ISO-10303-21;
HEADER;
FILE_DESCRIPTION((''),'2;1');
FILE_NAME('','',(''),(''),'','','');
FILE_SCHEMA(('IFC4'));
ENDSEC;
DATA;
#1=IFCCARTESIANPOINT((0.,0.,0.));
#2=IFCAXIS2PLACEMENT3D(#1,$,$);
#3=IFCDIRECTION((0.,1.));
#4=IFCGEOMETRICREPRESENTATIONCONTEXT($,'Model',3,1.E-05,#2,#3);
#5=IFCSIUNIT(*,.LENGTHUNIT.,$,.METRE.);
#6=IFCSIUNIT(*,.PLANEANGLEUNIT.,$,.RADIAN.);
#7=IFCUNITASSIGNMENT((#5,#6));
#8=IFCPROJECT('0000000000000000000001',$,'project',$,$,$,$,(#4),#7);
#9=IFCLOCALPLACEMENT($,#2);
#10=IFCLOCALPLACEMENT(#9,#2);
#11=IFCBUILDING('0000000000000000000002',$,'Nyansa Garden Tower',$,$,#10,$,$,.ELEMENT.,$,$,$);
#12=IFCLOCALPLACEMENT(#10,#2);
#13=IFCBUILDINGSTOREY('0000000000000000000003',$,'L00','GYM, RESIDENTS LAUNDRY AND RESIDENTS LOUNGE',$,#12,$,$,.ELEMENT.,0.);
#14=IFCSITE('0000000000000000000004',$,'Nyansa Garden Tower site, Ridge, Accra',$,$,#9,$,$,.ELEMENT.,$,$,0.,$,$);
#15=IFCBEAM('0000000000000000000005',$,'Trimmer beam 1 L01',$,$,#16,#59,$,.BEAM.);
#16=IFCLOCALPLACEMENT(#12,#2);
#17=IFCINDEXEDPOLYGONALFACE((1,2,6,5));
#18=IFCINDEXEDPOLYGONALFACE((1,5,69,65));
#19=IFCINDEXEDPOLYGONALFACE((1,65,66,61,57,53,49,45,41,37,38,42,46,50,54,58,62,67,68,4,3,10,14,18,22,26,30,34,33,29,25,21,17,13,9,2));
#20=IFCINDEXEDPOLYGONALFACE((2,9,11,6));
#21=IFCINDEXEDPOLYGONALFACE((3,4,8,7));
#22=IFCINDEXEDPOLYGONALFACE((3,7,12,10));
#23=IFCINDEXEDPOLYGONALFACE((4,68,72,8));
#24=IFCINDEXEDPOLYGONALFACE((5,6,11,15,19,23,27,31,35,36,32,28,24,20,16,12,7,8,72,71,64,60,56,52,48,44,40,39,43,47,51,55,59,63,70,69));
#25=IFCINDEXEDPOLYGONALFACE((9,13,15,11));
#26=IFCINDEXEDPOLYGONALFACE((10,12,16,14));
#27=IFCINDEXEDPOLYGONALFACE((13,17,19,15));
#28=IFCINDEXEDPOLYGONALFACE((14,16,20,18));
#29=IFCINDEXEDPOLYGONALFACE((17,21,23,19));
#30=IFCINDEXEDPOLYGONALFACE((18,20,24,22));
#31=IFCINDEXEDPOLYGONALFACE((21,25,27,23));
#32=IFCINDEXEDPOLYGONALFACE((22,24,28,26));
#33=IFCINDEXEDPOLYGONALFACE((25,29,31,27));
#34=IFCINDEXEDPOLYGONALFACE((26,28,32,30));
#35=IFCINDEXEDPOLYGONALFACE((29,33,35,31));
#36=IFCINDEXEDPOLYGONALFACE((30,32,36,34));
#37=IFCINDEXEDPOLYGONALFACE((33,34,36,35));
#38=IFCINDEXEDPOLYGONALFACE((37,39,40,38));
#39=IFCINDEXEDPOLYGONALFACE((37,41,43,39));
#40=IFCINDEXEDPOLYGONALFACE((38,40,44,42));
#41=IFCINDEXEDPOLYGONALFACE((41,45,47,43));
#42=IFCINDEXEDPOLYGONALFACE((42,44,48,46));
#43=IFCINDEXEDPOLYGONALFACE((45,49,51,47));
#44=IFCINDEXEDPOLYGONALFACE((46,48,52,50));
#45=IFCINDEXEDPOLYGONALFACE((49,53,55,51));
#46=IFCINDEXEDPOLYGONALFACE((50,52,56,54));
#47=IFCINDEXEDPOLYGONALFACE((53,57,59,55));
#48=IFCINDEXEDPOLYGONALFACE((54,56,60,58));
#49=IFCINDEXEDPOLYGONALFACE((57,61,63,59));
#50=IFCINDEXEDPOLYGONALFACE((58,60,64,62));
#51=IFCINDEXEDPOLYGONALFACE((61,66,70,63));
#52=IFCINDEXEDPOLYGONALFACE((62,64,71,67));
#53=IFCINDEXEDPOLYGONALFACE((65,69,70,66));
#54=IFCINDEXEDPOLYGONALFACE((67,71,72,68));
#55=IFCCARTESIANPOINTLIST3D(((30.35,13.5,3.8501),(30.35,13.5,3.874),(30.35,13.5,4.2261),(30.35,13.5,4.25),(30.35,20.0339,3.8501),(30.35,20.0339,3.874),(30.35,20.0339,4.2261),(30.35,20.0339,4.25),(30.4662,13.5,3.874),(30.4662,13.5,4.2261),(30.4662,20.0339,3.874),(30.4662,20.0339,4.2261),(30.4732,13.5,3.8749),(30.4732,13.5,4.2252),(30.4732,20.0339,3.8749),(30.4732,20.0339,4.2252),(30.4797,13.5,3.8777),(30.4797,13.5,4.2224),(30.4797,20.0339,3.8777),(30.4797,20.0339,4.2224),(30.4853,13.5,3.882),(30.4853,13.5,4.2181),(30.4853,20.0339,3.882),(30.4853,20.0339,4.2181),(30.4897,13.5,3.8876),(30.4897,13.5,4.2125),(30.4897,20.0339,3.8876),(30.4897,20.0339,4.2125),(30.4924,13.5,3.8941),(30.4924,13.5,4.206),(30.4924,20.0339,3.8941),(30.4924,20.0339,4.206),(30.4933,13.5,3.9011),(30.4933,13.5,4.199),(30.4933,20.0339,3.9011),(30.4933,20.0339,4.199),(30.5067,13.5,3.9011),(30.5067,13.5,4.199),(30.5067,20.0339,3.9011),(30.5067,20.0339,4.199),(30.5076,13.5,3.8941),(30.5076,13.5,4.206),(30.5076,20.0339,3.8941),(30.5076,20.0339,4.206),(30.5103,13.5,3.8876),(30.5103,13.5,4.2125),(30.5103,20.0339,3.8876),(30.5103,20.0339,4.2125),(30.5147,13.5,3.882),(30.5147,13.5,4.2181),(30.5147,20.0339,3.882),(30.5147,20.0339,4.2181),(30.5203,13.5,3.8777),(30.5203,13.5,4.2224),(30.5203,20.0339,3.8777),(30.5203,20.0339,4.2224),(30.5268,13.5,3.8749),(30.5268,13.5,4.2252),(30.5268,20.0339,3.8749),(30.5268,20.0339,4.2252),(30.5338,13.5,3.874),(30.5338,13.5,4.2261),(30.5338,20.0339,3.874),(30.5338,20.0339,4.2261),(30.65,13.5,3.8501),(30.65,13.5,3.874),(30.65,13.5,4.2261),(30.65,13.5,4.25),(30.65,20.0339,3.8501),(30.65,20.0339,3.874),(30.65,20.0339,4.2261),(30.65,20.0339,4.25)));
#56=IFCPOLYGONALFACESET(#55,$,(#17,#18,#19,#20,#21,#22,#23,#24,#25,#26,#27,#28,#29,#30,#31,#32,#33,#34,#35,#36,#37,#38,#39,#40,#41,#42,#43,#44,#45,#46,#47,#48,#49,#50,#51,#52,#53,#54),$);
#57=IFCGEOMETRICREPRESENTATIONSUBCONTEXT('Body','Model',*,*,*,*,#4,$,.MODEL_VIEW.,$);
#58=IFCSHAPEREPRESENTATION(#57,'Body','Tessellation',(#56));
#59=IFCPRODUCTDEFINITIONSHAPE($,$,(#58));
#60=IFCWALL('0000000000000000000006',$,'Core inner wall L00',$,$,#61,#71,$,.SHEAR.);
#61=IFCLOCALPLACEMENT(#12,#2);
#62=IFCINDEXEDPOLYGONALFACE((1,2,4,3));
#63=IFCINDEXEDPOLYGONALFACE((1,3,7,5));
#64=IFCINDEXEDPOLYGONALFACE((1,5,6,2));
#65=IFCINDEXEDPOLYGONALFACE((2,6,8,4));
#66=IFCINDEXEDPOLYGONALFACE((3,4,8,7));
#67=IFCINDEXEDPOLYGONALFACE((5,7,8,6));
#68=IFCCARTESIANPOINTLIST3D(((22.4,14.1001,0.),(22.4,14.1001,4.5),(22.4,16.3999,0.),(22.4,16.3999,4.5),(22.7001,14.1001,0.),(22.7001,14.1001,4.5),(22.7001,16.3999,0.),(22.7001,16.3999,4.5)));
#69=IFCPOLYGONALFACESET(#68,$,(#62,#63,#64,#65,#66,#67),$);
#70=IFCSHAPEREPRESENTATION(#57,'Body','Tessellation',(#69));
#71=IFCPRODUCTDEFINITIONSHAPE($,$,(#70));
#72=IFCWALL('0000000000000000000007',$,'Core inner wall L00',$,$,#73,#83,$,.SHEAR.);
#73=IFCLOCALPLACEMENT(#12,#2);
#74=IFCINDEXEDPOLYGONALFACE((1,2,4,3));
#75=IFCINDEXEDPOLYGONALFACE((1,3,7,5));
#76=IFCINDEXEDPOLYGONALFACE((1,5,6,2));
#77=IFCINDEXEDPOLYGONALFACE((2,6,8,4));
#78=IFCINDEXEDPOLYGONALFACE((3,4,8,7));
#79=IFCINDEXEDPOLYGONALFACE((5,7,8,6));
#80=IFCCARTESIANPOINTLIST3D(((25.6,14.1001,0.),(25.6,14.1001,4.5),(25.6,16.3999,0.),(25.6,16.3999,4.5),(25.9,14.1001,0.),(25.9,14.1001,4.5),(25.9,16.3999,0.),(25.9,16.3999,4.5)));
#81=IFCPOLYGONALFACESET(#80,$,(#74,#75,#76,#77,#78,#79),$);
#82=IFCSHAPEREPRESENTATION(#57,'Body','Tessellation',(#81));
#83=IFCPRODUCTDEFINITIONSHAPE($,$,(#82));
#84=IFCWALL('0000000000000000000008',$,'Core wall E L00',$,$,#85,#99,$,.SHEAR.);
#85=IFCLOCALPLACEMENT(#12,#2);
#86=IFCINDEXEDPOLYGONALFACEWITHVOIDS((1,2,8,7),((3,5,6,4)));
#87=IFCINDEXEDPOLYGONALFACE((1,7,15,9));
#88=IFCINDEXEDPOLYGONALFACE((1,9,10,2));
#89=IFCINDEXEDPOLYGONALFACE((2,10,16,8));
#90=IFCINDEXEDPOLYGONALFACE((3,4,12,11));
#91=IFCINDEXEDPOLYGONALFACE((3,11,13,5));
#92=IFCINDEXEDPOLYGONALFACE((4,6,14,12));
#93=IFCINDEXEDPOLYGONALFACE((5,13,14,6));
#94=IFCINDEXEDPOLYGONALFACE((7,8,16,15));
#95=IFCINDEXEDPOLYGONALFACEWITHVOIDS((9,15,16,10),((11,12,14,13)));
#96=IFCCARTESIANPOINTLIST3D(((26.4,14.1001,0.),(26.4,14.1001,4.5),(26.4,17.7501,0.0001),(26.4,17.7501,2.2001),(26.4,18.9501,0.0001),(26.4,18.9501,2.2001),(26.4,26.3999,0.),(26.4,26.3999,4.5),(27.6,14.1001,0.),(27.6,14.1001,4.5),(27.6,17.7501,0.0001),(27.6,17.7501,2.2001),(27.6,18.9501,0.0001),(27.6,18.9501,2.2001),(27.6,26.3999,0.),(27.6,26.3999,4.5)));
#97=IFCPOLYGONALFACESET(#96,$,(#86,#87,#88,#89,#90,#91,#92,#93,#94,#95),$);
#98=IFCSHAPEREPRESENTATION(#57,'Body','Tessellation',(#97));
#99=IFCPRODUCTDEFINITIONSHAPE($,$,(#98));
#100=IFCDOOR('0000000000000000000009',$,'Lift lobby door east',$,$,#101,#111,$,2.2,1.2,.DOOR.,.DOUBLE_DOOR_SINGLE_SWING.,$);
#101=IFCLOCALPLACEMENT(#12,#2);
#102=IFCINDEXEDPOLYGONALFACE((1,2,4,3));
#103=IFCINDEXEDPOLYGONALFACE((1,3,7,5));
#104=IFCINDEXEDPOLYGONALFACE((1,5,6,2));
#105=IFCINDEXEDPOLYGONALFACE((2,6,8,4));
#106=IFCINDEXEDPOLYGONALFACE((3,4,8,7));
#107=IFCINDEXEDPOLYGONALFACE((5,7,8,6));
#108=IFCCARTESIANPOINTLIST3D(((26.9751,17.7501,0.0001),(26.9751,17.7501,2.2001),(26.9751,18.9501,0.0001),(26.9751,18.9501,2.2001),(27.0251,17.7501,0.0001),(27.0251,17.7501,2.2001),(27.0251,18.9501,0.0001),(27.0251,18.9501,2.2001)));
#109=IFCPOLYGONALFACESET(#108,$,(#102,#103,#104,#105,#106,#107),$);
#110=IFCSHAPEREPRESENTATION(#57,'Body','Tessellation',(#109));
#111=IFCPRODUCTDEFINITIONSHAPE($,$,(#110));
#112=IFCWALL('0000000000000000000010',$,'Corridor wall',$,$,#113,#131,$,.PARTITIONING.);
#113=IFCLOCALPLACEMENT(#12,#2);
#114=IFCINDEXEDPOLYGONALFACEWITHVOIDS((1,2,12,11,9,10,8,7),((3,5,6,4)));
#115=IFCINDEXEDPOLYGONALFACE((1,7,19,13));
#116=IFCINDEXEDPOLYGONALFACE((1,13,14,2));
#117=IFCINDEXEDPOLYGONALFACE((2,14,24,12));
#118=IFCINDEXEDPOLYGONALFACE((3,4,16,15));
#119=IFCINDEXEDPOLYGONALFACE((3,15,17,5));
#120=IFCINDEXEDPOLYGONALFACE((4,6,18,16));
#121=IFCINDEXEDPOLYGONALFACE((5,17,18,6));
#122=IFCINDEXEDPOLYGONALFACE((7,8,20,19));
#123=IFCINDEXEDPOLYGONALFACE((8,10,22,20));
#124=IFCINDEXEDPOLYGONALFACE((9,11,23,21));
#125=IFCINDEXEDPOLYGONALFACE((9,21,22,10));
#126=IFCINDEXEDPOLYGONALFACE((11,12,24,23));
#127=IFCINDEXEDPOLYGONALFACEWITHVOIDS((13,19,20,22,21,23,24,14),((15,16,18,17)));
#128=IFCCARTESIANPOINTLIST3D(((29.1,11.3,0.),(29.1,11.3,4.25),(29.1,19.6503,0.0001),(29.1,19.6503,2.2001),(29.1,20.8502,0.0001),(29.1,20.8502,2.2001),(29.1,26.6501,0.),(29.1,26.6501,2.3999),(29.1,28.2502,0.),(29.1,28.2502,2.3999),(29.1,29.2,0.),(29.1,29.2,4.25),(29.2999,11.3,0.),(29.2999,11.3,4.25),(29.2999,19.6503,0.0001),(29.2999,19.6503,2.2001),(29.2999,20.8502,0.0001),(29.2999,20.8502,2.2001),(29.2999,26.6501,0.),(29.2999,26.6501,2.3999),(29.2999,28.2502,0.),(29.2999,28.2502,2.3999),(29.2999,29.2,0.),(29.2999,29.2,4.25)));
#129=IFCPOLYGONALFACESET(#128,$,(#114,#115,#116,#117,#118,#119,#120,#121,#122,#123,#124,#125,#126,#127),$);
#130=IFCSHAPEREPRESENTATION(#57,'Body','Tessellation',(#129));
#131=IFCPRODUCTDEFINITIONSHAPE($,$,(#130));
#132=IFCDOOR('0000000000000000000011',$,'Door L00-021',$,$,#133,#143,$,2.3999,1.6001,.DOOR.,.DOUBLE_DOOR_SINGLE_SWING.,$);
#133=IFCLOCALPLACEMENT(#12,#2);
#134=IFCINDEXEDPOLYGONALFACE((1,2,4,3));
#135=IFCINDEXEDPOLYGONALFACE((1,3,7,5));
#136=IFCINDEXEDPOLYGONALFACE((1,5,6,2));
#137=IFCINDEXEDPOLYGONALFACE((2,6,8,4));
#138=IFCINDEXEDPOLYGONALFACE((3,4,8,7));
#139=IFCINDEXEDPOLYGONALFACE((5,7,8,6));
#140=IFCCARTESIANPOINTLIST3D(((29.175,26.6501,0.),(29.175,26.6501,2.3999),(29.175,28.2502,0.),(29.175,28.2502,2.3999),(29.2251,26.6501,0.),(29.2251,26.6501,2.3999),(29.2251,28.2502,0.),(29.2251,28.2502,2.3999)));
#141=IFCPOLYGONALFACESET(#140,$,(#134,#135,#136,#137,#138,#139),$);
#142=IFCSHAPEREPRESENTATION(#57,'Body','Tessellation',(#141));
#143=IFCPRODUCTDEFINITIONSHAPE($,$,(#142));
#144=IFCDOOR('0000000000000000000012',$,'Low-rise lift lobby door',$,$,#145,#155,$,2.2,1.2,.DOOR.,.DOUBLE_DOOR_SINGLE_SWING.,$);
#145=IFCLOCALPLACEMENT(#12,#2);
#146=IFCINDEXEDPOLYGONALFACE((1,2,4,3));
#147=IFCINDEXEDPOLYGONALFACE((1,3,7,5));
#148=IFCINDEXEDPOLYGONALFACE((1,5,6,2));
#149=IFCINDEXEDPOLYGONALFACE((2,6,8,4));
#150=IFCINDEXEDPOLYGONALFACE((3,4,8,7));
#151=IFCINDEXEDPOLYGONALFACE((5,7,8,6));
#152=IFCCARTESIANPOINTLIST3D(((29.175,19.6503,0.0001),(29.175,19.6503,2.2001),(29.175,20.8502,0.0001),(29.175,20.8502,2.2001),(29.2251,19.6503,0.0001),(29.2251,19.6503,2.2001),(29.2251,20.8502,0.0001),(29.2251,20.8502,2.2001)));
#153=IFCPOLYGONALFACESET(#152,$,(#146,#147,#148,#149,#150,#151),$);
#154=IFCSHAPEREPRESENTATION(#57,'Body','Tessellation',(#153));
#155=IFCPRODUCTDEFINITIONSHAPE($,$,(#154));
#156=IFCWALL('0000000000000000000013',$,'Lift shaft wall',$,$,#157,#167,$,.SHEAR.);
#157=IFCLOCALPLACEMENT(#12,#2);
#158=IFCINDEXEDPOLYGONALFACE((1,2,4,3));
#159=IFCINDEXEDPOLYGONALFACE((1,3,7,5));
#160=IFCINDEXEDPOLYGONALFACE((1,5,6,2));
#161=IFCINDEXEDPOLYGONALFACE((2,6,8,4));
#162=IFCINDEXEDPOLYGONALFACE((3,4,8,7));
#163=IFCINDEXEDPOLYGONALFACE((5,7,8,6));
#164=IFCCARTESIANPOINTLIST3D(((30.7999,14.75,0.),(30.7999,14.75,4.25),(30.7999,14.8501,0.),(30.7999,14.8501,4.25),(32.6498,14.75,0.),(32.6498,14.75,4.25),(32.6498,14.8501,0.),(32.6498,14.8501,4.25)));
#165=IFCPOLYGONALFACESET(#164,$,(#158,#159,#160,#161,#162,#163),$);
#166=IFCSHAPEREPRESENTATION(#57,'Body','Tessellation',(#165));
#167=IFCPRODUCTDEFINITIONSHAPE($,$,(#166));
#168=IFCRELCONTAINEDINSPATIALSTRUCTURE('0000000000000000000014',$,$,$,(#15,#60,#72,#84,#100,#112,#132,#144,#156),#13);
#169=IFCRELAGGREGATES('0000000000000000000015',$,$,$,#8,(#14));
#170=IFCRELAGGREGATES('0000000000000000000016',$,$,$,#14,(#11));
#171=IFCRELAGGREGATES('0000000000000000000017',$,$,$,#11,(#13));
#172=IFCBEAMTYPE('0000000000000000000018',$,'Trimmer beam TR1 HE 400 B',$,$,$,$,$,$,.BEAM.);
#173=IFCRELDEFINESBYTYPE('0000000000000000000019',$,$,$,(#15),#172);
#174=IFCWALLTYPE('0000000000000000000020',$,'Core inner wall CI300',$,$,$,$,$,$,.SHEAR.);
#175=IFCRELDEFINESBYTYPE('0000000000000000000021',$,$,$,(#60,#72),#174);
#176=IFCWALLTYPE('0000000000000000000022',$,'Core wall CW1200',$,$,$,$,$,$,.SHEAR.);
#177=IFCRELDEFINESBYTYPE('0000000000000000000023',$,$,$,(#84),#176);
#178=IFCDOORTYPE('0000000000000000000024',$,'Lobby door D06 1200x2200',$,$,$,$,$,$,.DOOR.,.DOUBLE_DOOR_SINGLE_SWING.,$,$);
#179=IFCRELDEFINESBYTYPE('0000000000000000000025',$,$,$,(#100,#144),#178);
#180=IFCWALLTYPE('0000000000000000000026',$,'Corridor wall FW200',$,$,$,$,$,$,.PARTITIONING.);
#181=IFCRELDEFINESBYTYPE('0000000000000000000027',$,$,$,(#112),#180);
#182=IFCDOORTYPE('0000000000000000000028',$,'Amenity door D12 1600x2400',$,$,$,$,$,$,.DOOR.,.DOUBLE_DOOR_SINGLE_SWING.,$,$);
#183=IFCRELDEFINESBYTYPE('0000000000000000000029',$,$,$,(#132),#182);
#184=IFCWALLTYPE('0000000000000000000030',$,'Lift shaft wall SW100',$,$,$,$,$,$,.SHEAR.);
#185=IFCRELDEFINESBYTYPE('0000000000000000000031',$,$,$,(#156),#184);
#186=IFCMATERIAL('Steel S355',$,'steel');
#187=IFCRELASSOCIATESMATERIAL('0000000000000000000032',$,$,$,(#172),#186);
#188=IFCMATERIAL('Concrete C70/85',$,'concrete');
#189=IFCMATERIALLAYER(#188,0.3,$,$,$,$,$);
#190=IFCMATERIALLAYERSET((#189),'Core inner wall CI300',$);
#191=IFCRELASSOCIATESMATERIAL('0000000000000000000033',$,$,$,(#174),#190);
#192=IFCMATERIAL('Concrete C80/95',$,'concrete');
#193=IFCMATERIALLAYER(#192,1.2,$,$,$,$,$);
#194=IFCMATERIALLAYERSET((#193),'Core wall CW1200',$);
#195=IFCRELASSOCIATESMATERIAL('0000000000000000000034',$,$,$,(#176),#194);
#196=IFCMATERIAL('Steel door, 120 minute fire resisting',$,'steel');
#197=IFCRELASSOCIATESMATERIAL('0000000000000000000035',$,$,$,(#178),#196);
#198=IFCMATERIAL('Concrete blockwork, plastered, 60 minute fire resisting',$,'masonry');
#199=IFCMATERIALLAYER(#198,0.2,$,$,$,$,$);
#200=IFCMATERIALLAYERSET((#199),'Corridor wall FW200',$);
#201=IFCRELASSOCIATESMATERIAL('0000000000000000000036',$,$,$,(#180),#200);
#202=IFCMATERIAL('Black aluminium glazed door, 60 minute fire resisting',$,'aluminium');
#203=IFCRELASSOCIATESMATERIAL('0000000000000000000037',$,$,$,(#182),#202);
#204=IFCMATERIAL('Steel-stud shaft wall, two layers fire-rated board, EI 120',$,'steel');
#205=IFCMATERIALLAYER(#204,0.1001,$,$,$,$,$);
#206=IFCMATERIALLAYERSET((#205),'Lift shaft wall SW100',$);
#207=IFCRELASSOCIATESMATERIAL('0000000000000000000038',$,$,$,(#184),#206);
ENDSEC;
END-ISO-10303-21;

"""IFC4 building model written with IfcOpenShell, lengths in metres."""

from ifc_helpers import new_model, si_unit, direction, frame, frame_2d, origin, origin_2d, place, context, subcontext, project, spatial, rectangle, i_section, extrude, material, layer, layer_set, material_profile, profile_set, type_object, element, fill, save


model = new_model("IFC4")

# Units and contexts
model_context = context("Model", 3, precision=1e-05, world=origin(), true_north=direction((0.0, 1.0)))
body_context = subcontext(model_context, "Body", "Model", "MODEL_VIEW")
ifc_project = project(units=[si_unit("LENGTHUNIT", "METRE"), si_unit("PLANEANGLEUNIT", "RADIAN")], contexts=[model_context])

# Site, building, storey
site_placement = place(None, origin())
site = spatial("IfcSite", under=ifc_project, at=site_placement, Name="Nyansa Garden Tower site, Ridge, Accra", CompositionType="ELEMENT", RefElevation=0.0)
building_placement = place(site_placement, origin())
building = spatial("IfcBuilding", under=site, at=building_placement, Name="Nyansa Garden Tower", CompositionType="ELEMENT")
storey_placement = place(building_placement, origin())
storey = spatial("IfcBuildingStorey", under=building, at=storey_placement, Name="L00", Description="GYM, RESIDENTS LAUNDRY AND RESIDENTS LOUNGE", CompositionType="ELEMENT", Elevation=0.0)

# Beam
ifc_material_1 = material(Name="Steel S355", Category="steel")
ifc_material_profile_1 = material_profile(ifc_material_1, i_section(OverallWidth=0.3, OverallDepth=0.3999, WebThickness=0.0134, FlangeThickness=0.0239, FilletRadius=0.0271, at=origin_2d()), Name="HE 400 B")
ifc_profile_set_1 = profile_set([ifc_material_profile_1], Name="Steel S355")
beam_type_1 = type_object("IfcBeamType", Name="Trimmer beam TR1 HE 400 B", PredefinedType="BEAM", material=ifc_profile_set_1)
beam_1_placement = place(storey_placement, frame((30.5, 13.5, 4.05), z_axis=(0.0, 1.0, 0.0), x_axis=(-1.0, 0.0, 0.0)))
element("IfcBeam", 1, at=beam_1_placement, inside=storey, type_object=beam_type_1, Name="Trimmer beam 1 L01", PredefinedType="BEAM", context=body_context, shape_type="SweptSolid", body=[
    extrude(i_section(OverallWidth=0.3, OverallDepth=0.3999, WebThickness=0.0134, FlangeThickness=0.0239, FilletRadius=0.0271, at=origin_2d()), origin(), (0.0, 0.0, 1.0), 6.5339),
])

# Walls
ifc_material_2 = material(Name="Concrete C70/85", Category="concrete")
ifc_layer_1 = layer(ifc_material_2, 0.3)
ifc_layer_set_1 = layer_set([ifc_layer_1], Name="Core inner wall CI300")
wall_type_1 = type_object("IfcWallType", Name="Core inner wall CI300", PredefinedType="SHEAR", material=ifc_layer_set_1)
for number, where, z_axis, x_axis, name in (
    (2, (22.55, 14.1001, 0.0), (0.0, 0.0, 1.0), (0.0, 1.0, 0.0), "Core inner wall L00"),
    (3, (25.75, 14.1001, 0.0), (0.0, 0.0, 1.0), (0.0, 1.0, 0.0), "Core inner wall L00"),
):
    element("IfcWall", number, at=place(storey_placement, frame(where, z_axis=z_axis, x_axis=x_axis)), inside=storey, type_object=wall_type_1, Name=name, PredefinedType="SHEAR", context=body_context, shape_type="SweptSolid", body=[
        extrude(rectangle(XDim=2.2998, YDim=0.3, at=frame_2d((1.1499, 0.0))), origin(), (0.0, 0.0, 1.0), 4.5),
    ])

# Wall, opening, door
ifc_material_3 = material(Name="Concrete C80/95", Category="concrete")
ifc_layer_2 = layer(ifc_material_3, 1.2)
ifc_layer_set_2 = layer_set([ifc_layer_2], Name="Core wall CW1200")
wall_type_2 = type_object("IfcWallType", Name="Core wall CW1200", PredefinedType="SHEAR", material=ifc_layer_set_2)
wall_1_placement = place(storey_placement, frame((27.0, 14.1001, 0.0), z_axis=(0.0, 0.0, 1.0), x_axis=(0.0, 1.0, 0.0)))
wall_1 = element("IfcWall", 4, at=wall_1_placement, inside=storey, type_object=wall_type_2, Name="Core wall E L00", PredefinedType="SHEAR", context=body_context, shape_type="SweptSolid", body=[
    extrude(rectangle(XDim=12.2998, YDim=1.2, at=frame_2d((6.1499, 0.0))), origin(), (0.0, 0.0, 1.0), 4.5),
])
opening_1_placement = place(wall_1_placement, frame((3.6499, 0.0, 0.0)))
opening_1 = element("IfcOpeningElement", 5, at=opening_1_placement, cuts=wall_1, PredefinedType="OPENING", context=body_context, shape_type="SweptSolid", body=[
    extrude(rectangle(XDim=1.2, YDim=2.2, at=frame_2d((0.6001, 1.1001))), frame((0.0, 0.6099, 0.0), z_axis=(0.0, -1.0, 0.0), x_axis=(1.0, 0.0, 0.0)), (0.0, 0.0, 1.0), 1.22),
])
ifc_material_4 = material(Name="Steel door, 120 minute fire resisting", Category="steel")
door_type_1 = type_object("IfcDoorType", Name="Lobby door D06 1200x2200", OperationType="DOUBLE_DOOR_SINGLE_SWING", PredefinedType="DOOR", material=ifc_material_4)
door_1_placement = place(opening_1_placement, origin())
door_1 = element("IfcDoor", 6, at=door_1_placement, inside=storey, type_object=door_type_1, Name="Lift lobby door east", OperationType="DOUBLE_DOOR_SINGLE_SWING", OverallHeight=2.2, OverallWidth=1.2, PredefinedType="DOOR", context=body_context, shape_type="SweptSolid", body=[
    extrude(rectangle(XDim=1.2, YDim=2.2, at=frame_2d((0.6001, 1.1001))), frame((0.0, 0.0249, 0.0), z_axis=(0.0, -1.0, 0.0), x_axis=(1.0, 0.0, 0.0)), (0.0, 0.0, 1.0), 0.05),
])
fill(opening_1, door_1)

# Wall, openings, doors
ifc_material_5 = material(Name="Concrete blockwork, plastered, 60 minute fire resisting", Category="masonry")
ifc_layer_3 = layer(ifc_material_5, 0.2)
ifc_layer_set_3 = layer_set([ifc_layer_3], Name="Corridor wall FW200")
wall_type_3 = type_object("IfcWallType", Name="Corridor wall FW200", PredefinedType="PARTITIONING", material=ifc_layer_set_3)
wall_2_placement = place(storey_placement, frame((29.2, 11.3, 0.0), z_axis=(0.0, 0.0, 1.0), x_axis=(0.0, 1.0, 0.0)))
wall_2 = element("IfcWall", 7, at=wall_2_placement, inside=storey, type_object=wall_type_3, Name="Corridor wall", PredefinedType="PARTITIONING", context=body_context, shape_type="SweptSolid", body=[
    extrude(rectangle(XDim=17.8999, YDim=0.2, at=frame_2d((8.95, 0.0))), origin(), (0.0, 0.0, 1.0), 4.25),
])
opening_2_placement = place(wall_2_placement, frame((15.3501, 0.0, 0.0)))
opening_2 = element("IfcOpeningElement", 8, at=opening_2_placement, cuts=wall_2, PredefinedType="OPENING", context=body_context, shape_type="SweptSolid", body=[
    extrude(rectangle(XDim=1.6001, YDim=2.3999, at=frame_2d((0.8, 1.2))), frame((0.0, 0.1099, 0.0), z_axis=(0.0, -1.0, 0.0), x_axis=(1.0, 0.0, 0.0)), (0.0, 0.0, 1.0), 0.22),
])
opening_3_placement = place(wall_2_placement, frame((8.3501, 0.0, 0.0)))
opening_3 = element("IfcOpeningElement", 9, at=opening_3_placement, cuts=wall_2, PredefinedType="OPENING", context=body_context, shape_type="SweptSolid", body=[
    extrude(rectangle(XDim=1.2, YDim=2.2, at=frame_2d((0.6001, 1.1001))), frame((0.0, 0.1099, 0.0), z_axis=(0.0, -1.0, 0.0), x_axis=(1.0, 0.0, 0.0)), (0.0, 0.0, 1.0), 0.22),
])
ifc_material_6 = material(Name="Black aluminium glazed door, 60 minute fire resisting", Category="aluminium")
door_type_2 = type_object("IfcDoorType", Name="Amenity door D12 1600x2400", OperationType="DOUBLE_DOOR_SINGLE_SWING", PredefinedType="DOOR", material=ifc_material_6)
door_2_placement = place(opening_2_placement, origin())
door_2 = element("IfcDoor", 10, at=door_2_placement, inside=storey, type_object=door_type_2, Name="Door L00-021", OperationType="DOUBLE_DOOR_SINGLE_SWING", OverallHeight=2.3999, OverallWidth=1.6001, PredefinedType="DOOR", context=body_context, shape_type="SweptSolid", body=[
    extrude(rectangle(XDim=1.6001, YDim=2.3999, at=frame_2d((0.8, 1.2))), frame((0.0, 0.0249, 0.0), z_axis=(0.0, -1.0, 0.0), x_axis=(1.0, 0.0, 0.0)), (0.0, 0.0, 1.0), 0.05),
])
fill(opening_2, door_2)
door_3_placement = place(opening_3_placement, origin())
door_3 = element("IfcDoor", 11, at=door_3_placement, inside=storey, type_object=door_type_1, Name="Low-rise lift lobby door", OperationType="DOUBLE_DOOR_SINGLE_SWING", OverallHeight=2.2, OverallWidth=1.2, PredefinedType="DOOR", context=body_context, shape_type="SweptSolid", body=[
    extrude(rectangle(XDim=1.2, YDim=2.2, at=frame_2d((0.6001, 1.1001))), frame((0.0, 0.0249, 0.0), z_axis=(0.0, -1.0, 0.0), x_axis=(1.0, 0.0, 0.0)), (0.0, 0.0, 1.0), 0.05),
])
fill(opening_3, door_3)

# Wall
ifc_material_7 = material(Name="Steel-stud shaft wall, two layers fire-rated board, EI 120", Category="steel")
ifc_layer_4 = layer(ifc_material_7, 0.1001)
ifc_layer_set_4 = layer_set([ifc_layer_4], Name="Lift shaft wall SW100")
wall_type_4 = type_object("IfcWallType", Name="Lift shaft wall SW100", PredefinedType="SHEAR", material=ifc_layer_set_4)
wall_3_placement = place(storey_placement, frame((30.8, 14.8, 0.0), z_axis=(0.0, 0.0, 1.0), x_axis=(1.0, 0.0, 0.0)))
element("IfcWall", 12, at=wall_3_placement, inside=storey, type_object=wall_type_4, Name="Lift shaft wall", PredefinedType="SHEAR", context=body_context, shape_type="SweptSolid", body=[
    extrude(rectangle(XDim=1.8499, YDim=0.1001, at=frame_2d((0.9248, 0.0))), origin(), (0.0, 0.0, 1.0), 4.25),
])

save(model, "model.ifc")
